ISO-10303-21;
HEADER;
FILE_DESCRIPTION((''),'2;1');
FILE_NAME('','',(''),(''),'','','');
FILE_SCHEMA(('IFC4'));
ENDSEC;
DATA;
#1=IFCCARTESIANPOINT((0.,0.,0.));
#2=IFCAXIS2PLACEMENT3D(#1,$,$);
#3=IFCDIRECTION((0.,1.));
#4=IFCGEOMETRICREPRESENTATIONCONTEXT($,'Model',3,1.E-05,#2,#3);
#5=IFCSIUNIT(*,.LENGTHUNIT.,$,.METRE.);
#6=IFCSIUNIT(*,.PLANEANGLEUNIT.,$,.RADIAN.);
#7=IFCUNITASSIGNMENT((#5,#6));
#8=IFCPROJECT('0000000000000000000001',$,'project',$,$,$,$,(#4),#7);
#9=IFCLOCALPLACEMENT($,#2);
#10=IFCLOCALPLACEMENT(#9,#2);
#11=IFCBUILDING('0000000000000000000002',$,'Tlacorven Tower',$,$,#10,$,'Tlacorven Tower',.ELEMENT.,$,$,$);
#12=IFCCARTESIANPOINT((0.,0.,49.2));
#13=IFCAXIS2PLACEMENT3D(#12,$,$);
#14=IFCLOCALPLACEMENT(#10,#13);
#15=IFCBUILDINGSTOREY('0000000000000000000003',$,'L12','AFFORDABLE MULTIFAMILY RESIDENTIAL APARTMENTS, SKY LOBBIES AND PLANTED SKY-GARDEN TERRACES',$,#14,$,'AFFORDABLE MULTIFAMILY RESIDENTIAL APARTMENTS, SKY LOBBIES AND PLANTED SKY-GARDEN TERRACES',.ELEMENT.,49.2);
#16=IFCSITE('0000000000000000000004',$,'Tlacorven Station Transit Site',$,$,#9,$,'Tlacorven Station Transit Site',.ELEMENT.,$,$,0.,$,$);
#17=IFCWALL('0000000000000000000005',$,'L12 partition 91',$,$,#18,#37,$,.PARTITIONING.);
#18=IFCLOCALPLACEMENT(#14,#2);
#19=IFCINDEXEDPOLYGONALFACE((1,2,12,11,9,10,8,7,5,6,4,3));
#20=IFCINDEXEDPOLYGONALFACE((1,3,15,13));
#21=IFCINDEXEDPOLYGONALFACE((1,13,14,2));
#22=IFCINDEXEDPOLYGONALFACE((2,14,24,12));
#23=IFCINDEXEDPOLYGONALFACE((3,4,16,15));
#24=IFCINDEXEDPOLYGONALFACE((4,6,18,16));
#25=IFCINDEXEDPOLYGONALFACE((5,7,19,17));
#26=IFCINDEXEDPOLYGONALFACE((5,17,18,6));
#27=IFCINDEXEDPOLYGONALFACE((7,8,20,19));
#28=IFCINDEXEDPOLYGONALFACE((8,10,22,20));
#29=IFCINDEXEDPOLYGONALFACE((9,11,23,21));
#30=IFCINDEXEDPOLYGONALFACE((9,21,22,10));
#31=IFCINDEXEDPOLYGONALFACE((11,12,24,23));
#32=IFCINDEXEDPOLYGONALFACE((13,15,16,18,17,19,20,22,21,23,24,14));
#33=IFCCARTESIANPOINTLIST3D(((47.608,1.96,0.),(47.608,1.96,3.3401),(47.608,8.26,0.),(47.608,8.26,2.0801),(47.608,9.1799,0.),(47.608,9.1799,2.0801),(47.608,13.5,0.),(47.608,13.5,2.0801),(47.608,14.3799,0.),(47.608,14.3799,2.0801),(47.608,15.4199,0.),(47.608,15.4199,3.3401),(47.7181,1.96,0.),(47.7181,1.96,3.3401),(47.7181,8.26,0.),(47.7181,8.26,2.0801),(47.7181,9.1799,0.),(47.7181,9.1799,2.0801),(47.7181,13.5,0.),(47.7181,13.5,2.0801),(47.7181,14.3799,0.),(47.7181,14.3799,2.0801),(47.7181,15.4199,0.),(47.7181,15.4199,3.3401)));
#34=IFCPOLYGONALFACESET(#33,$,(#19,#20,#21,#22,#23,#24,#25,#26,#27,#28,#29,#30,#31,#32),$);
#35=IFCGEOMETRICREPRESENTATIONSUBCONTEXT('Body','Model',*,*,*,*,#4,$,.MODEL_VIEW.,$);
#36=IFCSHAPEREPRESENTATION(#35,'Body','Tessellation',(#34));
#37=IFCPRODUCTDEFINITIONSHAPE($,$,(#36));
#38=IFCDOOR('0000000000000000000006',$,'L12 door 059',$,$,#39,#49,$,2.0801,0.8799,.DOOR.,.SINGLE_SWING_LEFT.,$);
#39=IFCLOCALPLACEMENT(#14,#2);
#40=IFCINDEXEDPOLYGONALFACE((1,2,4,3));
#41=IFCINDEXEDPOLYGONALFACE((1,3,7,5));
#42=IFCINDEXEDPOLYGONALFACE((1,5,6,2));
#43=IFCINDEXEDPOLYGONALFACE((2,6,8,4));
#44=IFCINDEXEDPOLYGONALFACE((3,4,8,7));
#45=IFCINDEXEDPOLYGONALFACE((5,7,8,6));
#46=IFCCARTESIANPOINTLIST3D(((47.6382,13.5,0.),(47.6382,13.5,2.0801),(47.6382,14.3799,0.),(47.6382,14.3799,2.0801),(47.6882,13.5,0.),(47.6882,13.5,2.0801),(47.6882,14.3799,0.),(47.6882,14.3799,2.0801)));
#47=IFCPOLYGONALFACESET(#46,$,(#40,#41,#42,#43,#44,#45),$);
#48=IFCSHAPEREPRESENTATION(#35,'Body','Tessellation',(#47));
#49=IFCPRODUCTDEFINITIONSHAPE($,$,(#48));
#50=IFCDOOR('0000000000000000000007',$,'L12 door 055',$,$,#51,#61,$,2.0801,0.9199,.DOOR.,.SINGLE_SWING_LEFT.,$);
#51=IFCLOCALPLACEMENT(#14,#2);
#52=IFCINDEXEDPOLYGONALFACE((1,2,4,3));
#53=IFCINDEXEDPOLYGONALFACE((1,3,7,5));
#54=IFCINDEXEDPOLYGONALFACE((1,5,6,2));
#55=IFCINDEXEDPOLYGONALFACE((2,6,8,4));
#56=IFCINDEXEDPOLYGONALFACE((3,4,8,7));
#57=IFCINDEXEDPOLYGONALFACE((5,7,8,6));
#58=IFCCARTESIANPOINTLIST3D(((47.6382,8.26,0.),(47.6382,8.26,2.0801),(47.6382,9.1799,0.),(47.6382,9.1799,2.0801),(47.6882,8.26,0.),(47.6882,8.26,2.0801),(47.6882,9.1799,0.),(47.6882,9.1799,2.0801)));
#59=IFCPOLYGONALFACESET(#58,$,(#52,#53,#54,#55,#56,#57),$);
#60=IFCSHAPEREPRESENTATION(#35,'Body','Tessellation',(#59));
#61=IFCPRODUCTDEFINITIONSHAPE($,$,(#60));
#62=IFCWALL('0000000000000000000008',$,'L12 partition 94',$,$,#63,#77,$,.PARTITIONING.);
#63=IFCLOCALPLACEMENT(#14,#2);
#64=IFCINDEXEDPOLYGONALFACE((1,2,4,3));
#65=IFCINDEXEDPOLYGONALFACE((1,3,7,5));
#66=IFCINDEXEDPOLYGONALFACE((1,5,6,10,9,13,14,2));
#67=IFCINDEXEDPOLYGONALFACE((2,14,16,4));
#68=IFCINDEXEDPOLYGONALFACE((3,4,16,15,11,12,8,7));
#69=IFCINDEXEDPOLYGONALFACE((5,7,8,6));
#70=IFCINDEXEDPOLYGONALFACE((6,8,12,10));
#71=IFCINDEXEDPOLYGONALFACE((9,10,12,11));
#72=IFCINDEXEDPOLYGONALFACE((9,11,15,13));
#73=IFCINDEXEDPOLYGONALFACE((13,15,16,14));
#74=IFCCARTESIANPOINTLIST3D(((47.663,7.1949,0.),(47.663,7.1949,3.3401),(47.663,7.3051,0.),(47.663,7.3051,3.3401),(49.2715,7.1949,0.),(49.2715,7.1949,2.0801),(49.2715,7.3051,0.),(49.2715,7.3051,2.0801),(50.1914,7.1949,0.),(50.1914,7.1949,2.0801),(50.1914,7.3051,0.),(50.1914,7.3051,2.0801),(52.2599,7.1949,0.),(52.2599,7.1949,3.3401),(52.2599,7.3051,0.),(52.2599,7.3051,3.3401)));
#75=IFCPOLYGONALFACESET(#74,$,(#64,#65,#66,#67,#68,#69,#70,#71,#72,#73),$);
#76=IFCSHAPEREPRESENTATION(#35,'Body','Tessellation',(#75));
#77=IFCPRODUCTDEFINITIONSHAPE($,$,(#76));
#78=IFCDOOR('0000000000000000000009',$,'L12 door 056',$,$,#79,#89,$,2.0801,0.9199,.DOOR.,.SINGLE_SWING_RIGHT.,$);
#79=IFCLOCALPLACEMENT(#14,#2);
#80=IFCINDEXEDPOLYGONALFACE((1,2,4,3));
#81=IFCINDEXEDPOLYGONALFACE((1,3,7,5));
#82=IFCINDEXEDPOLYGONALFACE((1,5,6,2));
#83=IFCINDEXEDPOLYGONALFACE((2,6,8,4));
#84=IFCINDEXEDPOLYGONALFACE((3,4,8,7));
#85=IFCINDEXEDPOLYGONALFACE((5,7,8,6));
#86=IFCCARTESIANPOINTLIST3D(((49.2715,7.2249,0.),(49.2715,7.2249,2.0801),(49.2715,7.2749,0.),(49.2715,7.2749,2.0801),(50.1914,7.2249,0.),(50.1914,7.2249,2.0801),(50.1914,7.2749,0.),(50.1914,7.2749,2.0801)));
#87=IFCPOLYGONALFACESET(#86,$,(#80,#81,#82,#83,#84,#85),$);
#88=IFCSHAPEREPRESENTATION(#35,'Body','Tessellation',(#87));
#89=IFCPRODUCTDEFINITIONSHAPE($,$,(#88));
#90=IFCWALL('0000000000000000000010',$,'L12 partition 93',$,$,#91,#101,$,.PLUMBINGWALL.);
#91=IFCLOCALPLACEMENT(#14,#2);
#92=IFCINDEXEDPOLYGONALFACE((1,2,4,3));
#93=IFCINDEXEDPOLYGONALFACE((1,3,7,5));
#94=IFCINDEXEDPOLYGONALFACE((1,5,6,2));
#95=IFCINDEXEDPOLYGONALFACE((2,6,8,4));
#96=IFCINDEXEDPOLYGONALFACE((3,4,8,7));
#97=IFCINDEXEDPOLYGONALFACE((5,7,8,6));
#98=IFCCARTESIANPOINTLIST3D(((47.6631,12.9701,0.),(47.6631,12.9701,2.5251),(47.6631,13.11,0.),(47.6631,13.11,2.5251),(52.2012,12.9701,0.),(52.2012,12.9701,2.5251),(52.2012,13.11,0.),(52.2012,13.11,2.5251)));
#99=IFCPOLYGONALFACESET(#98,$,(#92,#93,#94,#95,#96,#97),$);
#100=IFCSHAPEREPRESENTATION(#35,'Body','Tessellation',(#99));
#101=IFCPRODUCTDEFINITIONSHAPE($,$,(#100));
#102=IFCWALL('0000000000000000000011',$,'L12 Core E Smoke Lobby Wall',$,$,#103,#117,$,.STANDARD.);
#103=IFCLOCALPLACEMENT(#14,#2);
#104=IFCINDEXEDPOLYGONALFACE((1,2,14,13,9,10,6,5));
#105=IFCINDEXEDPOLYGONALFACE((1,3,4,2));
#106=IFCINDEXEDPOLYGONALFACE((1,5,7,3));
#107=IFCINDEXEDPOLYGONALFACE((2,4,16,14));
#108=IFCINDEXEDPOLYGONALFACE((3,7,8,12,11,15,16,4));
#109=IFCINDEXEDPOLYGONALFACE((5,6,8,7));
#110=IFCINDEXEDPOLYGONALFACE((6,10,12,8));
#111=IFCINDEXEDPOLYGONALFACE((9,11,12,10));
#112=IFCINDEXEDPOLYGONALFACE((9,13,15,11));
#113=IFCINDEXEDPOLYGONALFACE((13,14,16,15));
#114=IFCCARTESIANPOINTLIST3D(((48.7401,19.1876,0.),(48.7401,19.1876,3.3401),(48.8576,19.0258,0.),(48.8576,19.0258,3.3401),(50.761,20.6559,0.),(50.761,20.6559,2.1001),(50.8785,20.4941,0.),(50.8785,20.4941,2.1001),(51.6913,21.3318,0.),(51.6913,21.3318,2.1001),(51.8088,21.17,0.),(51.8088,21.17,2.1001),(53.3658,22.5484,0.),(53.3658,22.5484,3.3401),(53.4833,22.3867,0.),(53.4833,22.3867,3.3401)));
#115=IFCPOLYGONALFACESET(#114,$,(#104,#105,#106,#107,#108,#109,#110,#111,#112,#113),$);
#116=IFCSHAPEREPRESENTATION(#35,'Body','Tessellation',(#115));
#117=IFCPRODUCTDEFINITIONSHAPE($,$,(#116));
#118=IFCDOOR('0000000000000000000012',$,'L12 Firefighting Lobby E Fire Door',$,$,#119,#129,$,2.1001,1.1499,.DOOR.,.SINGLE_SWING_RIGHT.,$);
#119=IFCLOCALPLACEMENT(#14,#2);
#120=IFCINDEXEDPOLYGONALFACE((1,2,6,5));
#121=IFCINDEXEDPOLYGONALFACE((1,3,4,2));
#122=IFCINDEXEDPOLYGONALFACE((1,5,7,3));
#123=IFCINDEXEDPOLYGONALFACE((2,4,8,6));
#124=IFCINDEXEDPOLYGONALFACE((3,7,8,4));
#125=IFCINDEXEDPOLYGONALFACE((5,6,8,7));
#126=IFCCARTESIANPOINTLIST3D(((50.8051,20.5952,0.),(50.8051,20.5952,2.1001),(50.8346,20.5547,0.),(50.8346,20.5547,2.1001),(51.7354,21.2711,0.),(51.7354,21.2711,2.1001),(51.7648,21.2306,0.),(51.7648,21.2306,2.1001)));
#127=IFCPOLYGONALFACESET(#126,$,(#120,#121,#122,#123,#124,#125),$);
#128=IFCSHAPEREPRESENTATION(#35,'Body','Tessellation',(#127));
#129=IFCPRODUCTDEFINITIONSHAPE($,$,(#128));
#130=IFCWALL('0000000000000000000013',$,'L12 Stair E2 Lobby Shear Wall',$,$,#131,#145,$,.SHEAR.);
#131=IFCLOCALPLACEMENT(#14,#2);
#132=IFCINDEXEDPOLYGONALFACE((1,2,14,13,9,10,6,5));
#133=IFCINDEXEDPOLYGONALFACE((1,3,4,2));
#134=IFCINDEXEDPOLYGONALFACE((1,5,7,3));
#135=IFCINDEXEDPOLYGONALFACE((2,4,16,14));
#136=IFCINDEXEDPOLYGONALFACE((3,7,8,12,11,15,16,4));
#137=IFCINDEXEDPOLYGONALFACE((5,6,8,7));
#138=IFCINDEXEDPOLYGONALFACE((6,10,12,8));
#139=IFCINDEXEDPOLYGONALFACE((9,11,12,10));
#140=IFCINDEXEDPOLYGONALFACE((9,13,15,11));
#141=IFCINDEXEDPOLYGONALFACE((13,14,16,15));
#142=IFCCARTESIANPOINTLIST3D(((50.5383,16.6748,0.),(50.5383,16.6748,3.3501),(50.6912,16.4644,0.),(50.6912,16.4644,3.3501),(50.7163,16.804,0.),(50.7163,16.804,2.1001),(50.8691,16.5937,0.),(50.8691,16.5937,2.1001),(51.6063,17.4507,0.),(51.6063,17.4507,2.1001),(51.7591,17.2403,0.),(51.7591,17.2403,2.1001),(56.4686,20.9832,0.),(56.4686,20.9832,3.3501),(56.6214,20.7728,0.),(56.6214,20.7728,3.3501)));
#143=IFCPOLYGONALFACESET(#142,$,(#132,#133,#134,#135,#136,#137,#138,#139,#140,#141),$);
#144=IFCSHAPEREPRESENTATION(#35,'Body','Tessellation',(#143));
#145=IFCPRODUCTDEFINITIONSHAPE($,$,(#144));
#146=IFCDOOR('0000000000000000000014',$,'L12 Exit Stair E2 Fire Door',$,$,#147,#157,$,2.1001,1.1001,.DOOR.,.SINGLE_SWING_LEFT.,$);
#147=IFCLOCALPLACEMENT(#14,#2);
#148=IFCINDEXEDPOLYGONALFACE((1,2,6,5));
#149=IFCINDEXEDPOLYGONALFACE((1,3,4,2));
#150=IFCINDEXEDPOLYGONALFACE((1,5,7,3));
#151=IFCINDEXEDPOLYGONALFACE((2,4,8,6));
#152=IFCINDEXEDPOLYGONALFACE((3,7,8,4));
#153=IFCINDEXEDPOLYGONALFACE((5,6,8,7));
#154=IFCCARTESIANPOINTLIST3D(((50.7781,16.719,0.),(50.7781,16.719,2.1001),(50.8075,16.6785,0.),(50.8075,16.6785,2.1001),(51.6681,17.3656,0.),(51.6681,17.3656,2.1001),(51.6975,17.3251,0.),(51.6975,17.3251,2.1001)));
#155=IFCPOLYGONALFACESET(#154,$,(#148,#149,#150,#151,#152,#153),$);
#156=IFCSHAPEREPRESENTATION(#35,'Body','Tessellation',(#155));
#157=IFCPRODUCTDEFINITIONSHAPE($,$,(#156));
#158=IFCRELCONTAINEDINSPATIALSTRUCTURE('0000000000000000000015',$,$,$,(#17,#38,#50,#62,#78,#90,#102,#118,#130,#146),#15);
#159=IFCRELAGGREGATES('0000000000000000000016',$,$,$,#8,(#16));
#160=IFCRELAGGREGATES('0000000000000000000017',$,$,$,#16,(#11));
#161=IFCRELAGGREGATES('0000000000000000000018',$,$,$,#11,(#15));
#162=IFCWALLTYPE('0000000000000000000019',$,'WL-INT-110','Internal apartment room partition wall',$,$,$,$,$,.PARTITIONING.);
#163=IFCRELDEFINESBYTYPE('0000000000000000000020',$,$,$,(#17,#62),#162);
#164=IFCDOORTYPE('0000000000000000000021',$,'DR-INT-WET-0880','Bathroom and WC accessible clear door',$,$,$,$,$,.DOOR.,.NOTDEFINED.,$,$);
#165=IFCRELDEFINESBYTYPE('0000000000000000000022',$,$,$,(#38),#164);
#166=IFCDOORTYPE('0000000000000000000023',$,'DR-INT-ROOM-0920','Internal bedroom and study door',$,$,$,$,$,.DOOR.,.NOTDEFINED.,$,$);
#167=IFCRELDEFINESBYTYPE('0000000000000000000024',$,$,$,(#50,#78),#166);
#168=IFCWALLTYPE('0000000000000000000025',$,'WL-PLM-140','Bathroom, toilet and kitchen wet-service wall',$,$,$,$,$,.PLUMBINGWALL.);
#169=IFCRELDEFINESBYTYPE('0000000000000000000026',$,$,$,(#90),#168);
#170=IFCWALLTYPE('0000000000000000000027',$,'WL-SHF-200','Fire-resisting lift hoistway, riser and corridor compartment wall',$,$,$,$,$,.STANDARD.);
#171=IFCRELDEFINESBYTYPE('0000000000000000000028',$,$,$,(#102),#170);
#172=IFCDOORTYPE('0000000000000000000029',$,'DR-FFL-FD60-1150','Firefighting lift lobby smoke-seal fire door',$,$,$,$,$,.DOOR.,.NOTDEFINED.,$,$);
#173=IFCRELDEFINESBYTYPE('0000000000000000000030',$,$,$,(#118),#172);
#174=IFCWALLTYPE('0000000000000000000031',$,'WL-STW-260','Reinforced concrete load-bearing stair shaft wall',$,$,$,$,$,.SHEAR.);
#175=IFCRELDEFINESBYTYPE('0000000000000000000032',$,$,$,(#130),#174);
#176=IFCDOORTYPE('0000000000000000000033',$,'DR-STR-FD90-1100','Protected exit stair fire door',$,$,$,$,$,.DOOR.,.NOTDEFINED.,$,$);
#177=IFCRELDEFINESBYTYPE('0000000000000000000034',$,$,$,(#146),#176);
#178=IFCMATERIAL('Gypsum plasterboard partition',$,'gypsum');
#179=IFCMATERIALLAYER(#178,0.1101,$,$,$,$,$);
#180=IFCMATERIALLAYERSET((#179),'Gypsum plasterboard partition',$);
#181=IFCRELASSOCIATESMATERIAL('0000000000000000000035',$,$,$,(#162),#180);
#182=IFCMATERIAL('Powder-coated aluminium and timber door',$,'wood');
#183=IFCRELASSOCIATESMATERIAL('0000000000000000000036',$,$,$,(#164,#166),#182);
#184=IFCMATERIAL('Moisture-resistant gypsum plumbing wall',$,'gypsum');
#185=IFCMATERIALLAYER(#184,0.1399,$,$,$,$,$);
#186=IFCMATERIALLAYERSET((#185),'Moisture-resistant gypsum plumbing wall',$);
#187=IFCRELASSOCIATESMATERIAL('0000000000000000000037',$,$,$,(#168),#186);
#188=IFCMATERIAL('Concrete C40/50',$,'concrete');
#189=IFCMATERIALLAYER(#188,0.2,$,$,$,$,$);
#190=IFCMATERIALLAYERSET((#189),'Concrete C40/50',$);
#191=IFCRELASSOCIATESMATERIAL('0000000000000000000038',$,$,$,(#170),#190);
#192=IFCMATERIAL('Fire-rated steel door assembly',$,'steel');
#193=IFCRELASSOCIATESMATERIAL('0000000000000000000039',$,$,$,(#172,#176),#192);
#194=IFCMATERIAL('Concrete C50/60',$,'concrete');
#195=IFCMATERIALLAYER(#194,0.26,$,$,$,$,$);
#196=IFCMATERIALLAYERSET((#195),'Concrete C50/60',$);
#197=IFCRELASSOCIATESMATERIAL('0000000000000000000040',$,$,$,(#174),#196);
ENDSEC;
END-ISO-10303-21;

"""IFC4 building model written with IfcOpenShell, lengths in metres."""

from ifc_helpers import new_model, si_unit, direction, frame, frame_2d, origin, place, context, subcontext, project, spatial, rectangle, extrude, source, transform, mapped, material, layer, layer_set, type_object, element, fill, save


model = new_model("IFC4")

# Units and contexts
model_context = context("Model", 3, precision=1e-05, world=origin(), true_north=direction((0.0, 1.0)))
body_context = subcontext(model_context, "Body", "Model", "MODEL_VIEW")
ifc_project = project(units=[si_unit("LENGTHUNIT", "METRE"), si_unit("PLANEANGLEUNIT", "RADIAN")], contexts=[model_context])

# Site, building, storey
site_placement = place(None, origin())
site = spatial("IfcSite", under=ifc_project, at=site_placement, Name="Tlacorven Station Transit Site", LongName="Tlacorven Station Transit Site", CompositionType="ELEMENT", RefElevation=0.0)
building_placement = place(site_placement, origin())
building = spatial("IfcBuilding", under=site, at=building_placement, Name="Tlacorven Tower", LongName="Tlacorven Tower", CompositionType="ELEMENT")
storey_placement = place(building_placement, frame((0.0, 0.0, 49.2)))
storey = spatial("IfcBuildingStorey", under=building, at=storey_placement, Name="L12", Description="AFFORDABLE MULTIFAMILY RESIDENTIAL APARTMENTS, SKY LOBBIES AND PLANTED SKY-GARDEN TERRACES", LongName="AFFORDABLE MULTIFAMILY RESIDENTIAL APARTMENTS, SKY LOBBIES AND PLANTED SKY-GARDEN TERRACES", CompositionType="ELEMENT", Elevation=49.2)

# Wall, openings, doors
ifc_material_1 = material(Name="Gypsum plasterboard partition", Category="gypsum")
ifc_layer_1 = layer(ifc_material_1, 0.1101)
ifc_layer_set_1 = layer_set([ifc_layer_1], Name="Gypsum plasterboard partition")
wall_type_1 = type_object("IfcWallType", Name="WL-INT-110", Description="Internal apartment room partition wall", PredefinedType="PARTITIONING", material=ifc_layer_set_1)
wall_1_placement = place(storey_placement, frame((47.6631, 1.96, 0.0), z_axis=(0.0, 0.0, 1.0), x_axis=(0.0, 1.0, 0.0)))
wall_1 = element("IfcWall", 1, at=wall_1_placement, inside=storey, type_object=wall_type_1, Name="L12 partition 91", PredefinedType="PARTITIONING", context=body_context, shape_type="SweptSolid", body=[
    extrude(rectangle(XDim=13.46, YDim=0.1101, at=frame_2d((6.73, 0.0))), origin(), (0.0, 0.0, 1.0), 3.3401),
])
opening_1_placement = place(wall_1_placement, frame((6.3, 0.0, 0.0)))
opening_1 = element("IfcOpeningElement", 2, at=opening_1_placement, cuts=wall_1, PredefinedType="OPENING", context=body_context, shape_type="SweptSolid", body=[
    extrude(rectangle(XDim=0.9199, YDim=2.0801, at=frame_2d((0.46, 1.04))), frame((0.0, 0.0649, 0.0), z_axis=(0.0, -1.0, 0.0), x_axis=(1.0, 0.0, 0.0)), (0.0, 0.0, 1.0), 0.1301),
])
opening_2_placement = place(wall_1_placement, frame((11.54, 0.0, 0.0)))
opening_2 = element("IfcOpeningElement", 3, at=opening_2_placement, cuts=wall_1, PredefinedType="OPENING", context=body_context, shape_type="SweptSolid", body=[
    extrude(rectangle(XDim=0.8799, YDim=2.0801, at=frame_2d((0.4399, 1.04))), frame((0.0, 0.0649, 0.0), z_axis=(0.0, -1.0, 0.0), x_axis=(1.0, 0.0, 0.0)), (0.0, 0.0, 1.0), 0.1301),
])
ifc_material_2 = material(Name="Powder-coated aluminium and timber door", Category="wood")
door_type_1 = type_object("IfcDoorType", Name="DR-INT-WET-0880", Description="Bathroom and WC accessible clear door", OperationType="NOTDEFINED", PredefinedType="DOOR", material=ifc_material_2)
shared_shape_1 = source(origin(), body_context, "Body", "SweptSolid", [
    extrude(rectangle(XDim=0.8799, YDim=2.0801, at=frame_2d((0.4399, 1.04))), frame((0.0, 0.0249, 0.0), z_axis=(0.0, -1.0, 0.0), x_axis=(1.0, 0.0, 0.0)), (0.0, 0.0, 1.0), 0.05),
])
door_1_placement = place(opening_2_placement, origin())
door_1 = element("IfcDoor", 4, at=door_1_placement, inside=storey, type_object=door_type_1, Name="L12 door 059", OperationType="SINGLE_SWING_LEFT", OverallHeight=2.0801, OverallWidth=0.8799, PredefinedType="DOOR", context=body_context, shape_type="MappedRepresentation", body=[
    mapped(shared_shape_1, transform((0.0, 0.0, 0.0), scale=1.0)),
])
fill(opening_2, door_1)
door_type_2 = type_object("IfcDoorType", Name="DR-INT-ROOM-0920", Description="Internal bedroom and study door", OperationType="NOTDEFINED", PredefinedType="DOOR", material=ifc_material_2)
shared_shape_2 = source(origin(), body_context, "Body", "SweptSolid", [
    extrude(rectangle(XDim=0.9199, YDim=2.0801, at=frame_2d((0.46, 1.04))), frame((0.0, 0.0249, 0.0), z_axis=(0.0, -1.0, 0.0), x_axis=(1.0, 0.0, 0.0)), (0.0, 0.0, 1.0), 0.05),
])
door_2_placement = place(opening_1_placement, origin())
door_2 = element("IfcDoor", 5, at=door_2_placement, inside=storey, type_object=door_type_2, Name="L12 door 055", OperationType="SINGLE_SWING_LEFT", OverallHeight=2.0801, OverallWidth=0.9199, PredefinedType="DOOR", context=body_context, shape_type="MappedRepresentation", body=[
    mapped(shared_shape_2, transform((0.0, 0.0, 0.0), scale=1.0)),
])
fill(opening_1, door_2)

# Wall, opening, door
wall_2_placement = place(storey_placement, frame((47.6631, 7.25, 0.0), z_axis=(0.0, 0.0, 1.0), x_axis=(1.0, 0.0, 0.0)))
wall_2 = element("IfcWall", 6, at=wall_2_placement, inside=storey, type_object=wall_type_1, Name="L12 partition 94", PredefinedType="PARTITIONING", context=body_context, shape_type="SweptSolid", body=[
    extrude(rectangle(XDim=4.5969, YDim=0.1101, at=frame_2d((2.2983, 0.0))), origin(), (0.0, 0.0, 1.0), 3.3401),
])
opening_3_placement = place(wall_2_placement, frame((1.6084, 0.0, 0.0)))
opening_3 = element("IfcOpeningElement", 7, at=opening_3_placement, cuts=wall_2, PredefinedType="OPENING", context=body_context, shape_type="SweptSolid", body=[
    extrude(rectangle(XDim=0.9199, YDim=2.0801, at=frame_2d((0.46, 1.04))), frame((0.0, 0.0649, 0.0), z_axis=(0.0, -1.0, 0.0), x_axis=(1.0, 0.0, 0.0)), (0.0, 0.0, 1.0), 0.1301),
])
door_3_placement = place(opening_3_placement, origin())
door_3 = element("IfcDoor", 8, at=door_3_placement, inside=storey, type_object=door_type_2, Name="L12 door 056", OperationType="SINGLE_SWING_RIGHT", OverallHeight=2.0801, OverallWidth=0.9199, PredefinedType="DOOR", context=body_context, shape_type="MappedRepresentation", body=[
    mapped(shared_shape_2, transform((0.0, 0.0, 0.0), scale=1.0)),
])
fill(opening_3, door_3)

# Wall
ifc_material_3 = material(Name="Moisture-resistant gypsum plumbing wall", Category="gypsum")
ifc_layer_2 = layer(ifc_material_3, 0.1399)
ifc_layer_set_2 = layer_set([ifc_layer_2], Name="Moisture-resistant gypsum plumbing wall")
wall_type_2 = type_object("IfcWallType", Name="WL-PLM-140", Description="Bathroom, toilet and kitchen wet-service wall", PredefinedType="PLUMBINGWALL", material=ifc_layer_set_2)
wall_3_placement = place(storey_placement, frame((47.6631, 13.04, 0.0), z_axis=(0.0, 0.0, 1.0), x_axis=(1.0, 0.0, 0.0)))
element("IfcWall", 9, at=wall_3_placement, inside=storey, type_object=wall_type_2, Name="L12 partition 93", PredefinedType="PLUMBINGWALL", context=body_context, shape_type="SweptSolid", body=[
    extrude(rectangle(XDim=4.5381, YDim=0.1399, at=frame_2d((2.269, 0.0))), origin(), (0.0, 0.0, 1.0), 2.5251),
])

# Walls, openings, doors
ifc_material_4 = material(Name="Concrete C40/50", Category="concrete")
ifc_layer_3 = layer(ifc_material_4, 0.2)
ifc_layer_set_3 = layer_set([ifc_layer_3], Name="Concrete C40/50")
wall_type_3 = type_object("IfcWallType", Name="WL-SHF-200", Description="Fire-resisting lift hoistway, riser and corridor compartment wall", PredefinedType="STANDARD", material=ifc_layer_set_3)
wall_4_placement = place(storey_placement, frame((48.7988, 19.1067, 0.0), z_axis=(0.0, 0.0, 1.0), x_axis=(0.809013, 0.587791, 0.0)))
wall_4 = element("IfcWall", 10, at=wall_4_placement, inside=storey, type_object=wall_type_3, Name="L12 Core E Smoke Lobby Wall", PredefinedType="STANDARD", context=body_context, shape_type="SweptSolid", body=[
    extrude(rectangle(XDim=5.7178, YDim=0.2, at=frame_2d((2.8589, 0.0))), origin(), (0.0, 0.0, 1.0), 3.3401),
])
opening_4_placement = place(wall_4_placement, frame((2.498, 0.0, 0.0)))
opening_4 = element("IfcOpeningElement", 11, at=opening_4_placement, cuts=wall_4, PredefinedType="OPENING", context=body_context, shape_type="SweptSolid", body=[
    extrude(rectangle(XDim=1.1499, YDim=2.1001, at=frame_2d((0.575, 1.05))), frame((0.0, 0.1099, 0.0), z_axis=(0.0, -1.0, 0.0), x_axis=(1.0, 0.0, 0.0)), (0.0, 0.0, 1.0), 0.22),
])
ifc_material_5 = material(Name="Fire-rated steel door assembly", Category="steel")
door_type_3 = type_object("IfcDoorType", Name="DR-FFL-FD60-1150", Description="Firefighting lift lobby smoke-seal fire door", OperationType="NOTDEFINED", PredefinedType="DOOR", material=ifc_material_5)
shared_shape_3 = source(origin(), body_context, "Body", "SweptSolid", [
    extrude(rectangle(XDim=1.1499, YDim=2.1001, at=frame_2d((0.575, 1.05))), frame((0.0, 0.0249, 0.0), z_axis=(0.0, -1.0, 0.0), x_axis=(1.0, 0.0, 0.0)), (0.0, 0.0, 1.0), 0.05),
])
door_4_placement = place(opening_4_placement, origin())
door_4 = element("IfcDoor", 12, at=door_4_placement, inside=storey, type_object=door_type_3, Name="L12 Firefighting Lobby E Fire Door", OperationType="SINGLE_SWING_RIGHT", OverallHeight=2.1001, OverallWidth=1.1499, PredefinedType="DOOR", context=body_context, shape_type="MappedRepresentation", body=[
    mapped(shared_shape_3, transform((0.0, 0.0, 0.0), scale=1.0)),
])
fill(opening_4, door_4)
ifc_material_6 = material(Name="Concrete C50/60", Category="concrete")
ifc_layer_4 = layer(ifc_material_6, 0.26)
ifc_layer_set_4 = layer_set([ifc_layer_4], Name="Concrete C50/60")
wall_type_4 = type_object("IfcWallType", Name="WL-STW-260", Description="Reinforced concrete load-bearing stair shaft wall", PredefinedType="SHEAR", material=ifc_layer_set_4)
wall_5_placement = place(storey_placement, frame((50.6147, 16.5696, 0.0), z_axis=(0.0, 0.0, 1.0), x_axis=(0.809028, 0.58777, 0.0)))
wall_5 = element("IfcWall", 13, at=wall_5_placement, inside=storey, type_object=wall_type_4, Name="L12 Stair E2 Lobby Shear Wall", PredefinedType="SHEAR", context=body_context, shape_type="SweptSolid", body=[
    extrude(rectangle(XDim=7.3301, YDim=0.26, at=frame_2d((3.665, 0.0))), origin(), (0.0, 0.0, 1.0), 3.3501),
])
opening_5_placement = place(wall_5_placement, frame((0.22, 0.0, 0.0)))
opening_5 = element("IfcOpeningElement", 14, at=opening_5_placement, cuts=wall_5, PredefinedType="OPENING", context=body_context, shape_type="SweptSolid", body=[
    extrude(rectangle(XDim=1.1001, YDim=2.1001, at=frame_2d((0.55, 1.05))), frame((0.0, 0.1401, 0.0), z_axis=(0.0, -1.0, 0.0), x_axis=(1.0, 0.0, 0.0)), (0.0, 0.0, 1.0), 0.28),
])
door_type_4 = type_object("IfcDoorType", Name="DR-STR-FD90-1100", Description="Protected exit stair fire door", OperationType="NOTDEFINED", PredefinedType="DOOR", material=ifc_material_5)
shared_shape_4 = source(origin(), body_context, "Body", "SweptSolid", [
    extrude(rectangle(XDim=1.1001, YDim=2.1001, at=frame_2d((0.55, 1.05))), frame((0.0, 0.0249, 0.0), z_axis=(0.0, -1.0, 0.0), x_axis=(1.0, 0.0, 0.0)), (0.0, 0.0, 1.0), 0.05),
])
door_5_placement = place(opening_5_placement, origin())
door_5 = element("IfcDoor", 15, at=door_5_placement, inside=storey, type_object=door_type_4, Name="L12 Exit Stair E2 Fire Door", OperationType="SINGLE_SWING_LEFT", OverallHeight=2.1001, OverallWidth=1.1001, PredefinedType="DOOR", context=body_context, shape_type="MappedRepresentation", body=[
    mapped(shared_shape_4, transform((0.0, 0.0, 0.0), scale=1.0)),
])
fill(opening_5, door_5)

save(model, "model.ifc")
